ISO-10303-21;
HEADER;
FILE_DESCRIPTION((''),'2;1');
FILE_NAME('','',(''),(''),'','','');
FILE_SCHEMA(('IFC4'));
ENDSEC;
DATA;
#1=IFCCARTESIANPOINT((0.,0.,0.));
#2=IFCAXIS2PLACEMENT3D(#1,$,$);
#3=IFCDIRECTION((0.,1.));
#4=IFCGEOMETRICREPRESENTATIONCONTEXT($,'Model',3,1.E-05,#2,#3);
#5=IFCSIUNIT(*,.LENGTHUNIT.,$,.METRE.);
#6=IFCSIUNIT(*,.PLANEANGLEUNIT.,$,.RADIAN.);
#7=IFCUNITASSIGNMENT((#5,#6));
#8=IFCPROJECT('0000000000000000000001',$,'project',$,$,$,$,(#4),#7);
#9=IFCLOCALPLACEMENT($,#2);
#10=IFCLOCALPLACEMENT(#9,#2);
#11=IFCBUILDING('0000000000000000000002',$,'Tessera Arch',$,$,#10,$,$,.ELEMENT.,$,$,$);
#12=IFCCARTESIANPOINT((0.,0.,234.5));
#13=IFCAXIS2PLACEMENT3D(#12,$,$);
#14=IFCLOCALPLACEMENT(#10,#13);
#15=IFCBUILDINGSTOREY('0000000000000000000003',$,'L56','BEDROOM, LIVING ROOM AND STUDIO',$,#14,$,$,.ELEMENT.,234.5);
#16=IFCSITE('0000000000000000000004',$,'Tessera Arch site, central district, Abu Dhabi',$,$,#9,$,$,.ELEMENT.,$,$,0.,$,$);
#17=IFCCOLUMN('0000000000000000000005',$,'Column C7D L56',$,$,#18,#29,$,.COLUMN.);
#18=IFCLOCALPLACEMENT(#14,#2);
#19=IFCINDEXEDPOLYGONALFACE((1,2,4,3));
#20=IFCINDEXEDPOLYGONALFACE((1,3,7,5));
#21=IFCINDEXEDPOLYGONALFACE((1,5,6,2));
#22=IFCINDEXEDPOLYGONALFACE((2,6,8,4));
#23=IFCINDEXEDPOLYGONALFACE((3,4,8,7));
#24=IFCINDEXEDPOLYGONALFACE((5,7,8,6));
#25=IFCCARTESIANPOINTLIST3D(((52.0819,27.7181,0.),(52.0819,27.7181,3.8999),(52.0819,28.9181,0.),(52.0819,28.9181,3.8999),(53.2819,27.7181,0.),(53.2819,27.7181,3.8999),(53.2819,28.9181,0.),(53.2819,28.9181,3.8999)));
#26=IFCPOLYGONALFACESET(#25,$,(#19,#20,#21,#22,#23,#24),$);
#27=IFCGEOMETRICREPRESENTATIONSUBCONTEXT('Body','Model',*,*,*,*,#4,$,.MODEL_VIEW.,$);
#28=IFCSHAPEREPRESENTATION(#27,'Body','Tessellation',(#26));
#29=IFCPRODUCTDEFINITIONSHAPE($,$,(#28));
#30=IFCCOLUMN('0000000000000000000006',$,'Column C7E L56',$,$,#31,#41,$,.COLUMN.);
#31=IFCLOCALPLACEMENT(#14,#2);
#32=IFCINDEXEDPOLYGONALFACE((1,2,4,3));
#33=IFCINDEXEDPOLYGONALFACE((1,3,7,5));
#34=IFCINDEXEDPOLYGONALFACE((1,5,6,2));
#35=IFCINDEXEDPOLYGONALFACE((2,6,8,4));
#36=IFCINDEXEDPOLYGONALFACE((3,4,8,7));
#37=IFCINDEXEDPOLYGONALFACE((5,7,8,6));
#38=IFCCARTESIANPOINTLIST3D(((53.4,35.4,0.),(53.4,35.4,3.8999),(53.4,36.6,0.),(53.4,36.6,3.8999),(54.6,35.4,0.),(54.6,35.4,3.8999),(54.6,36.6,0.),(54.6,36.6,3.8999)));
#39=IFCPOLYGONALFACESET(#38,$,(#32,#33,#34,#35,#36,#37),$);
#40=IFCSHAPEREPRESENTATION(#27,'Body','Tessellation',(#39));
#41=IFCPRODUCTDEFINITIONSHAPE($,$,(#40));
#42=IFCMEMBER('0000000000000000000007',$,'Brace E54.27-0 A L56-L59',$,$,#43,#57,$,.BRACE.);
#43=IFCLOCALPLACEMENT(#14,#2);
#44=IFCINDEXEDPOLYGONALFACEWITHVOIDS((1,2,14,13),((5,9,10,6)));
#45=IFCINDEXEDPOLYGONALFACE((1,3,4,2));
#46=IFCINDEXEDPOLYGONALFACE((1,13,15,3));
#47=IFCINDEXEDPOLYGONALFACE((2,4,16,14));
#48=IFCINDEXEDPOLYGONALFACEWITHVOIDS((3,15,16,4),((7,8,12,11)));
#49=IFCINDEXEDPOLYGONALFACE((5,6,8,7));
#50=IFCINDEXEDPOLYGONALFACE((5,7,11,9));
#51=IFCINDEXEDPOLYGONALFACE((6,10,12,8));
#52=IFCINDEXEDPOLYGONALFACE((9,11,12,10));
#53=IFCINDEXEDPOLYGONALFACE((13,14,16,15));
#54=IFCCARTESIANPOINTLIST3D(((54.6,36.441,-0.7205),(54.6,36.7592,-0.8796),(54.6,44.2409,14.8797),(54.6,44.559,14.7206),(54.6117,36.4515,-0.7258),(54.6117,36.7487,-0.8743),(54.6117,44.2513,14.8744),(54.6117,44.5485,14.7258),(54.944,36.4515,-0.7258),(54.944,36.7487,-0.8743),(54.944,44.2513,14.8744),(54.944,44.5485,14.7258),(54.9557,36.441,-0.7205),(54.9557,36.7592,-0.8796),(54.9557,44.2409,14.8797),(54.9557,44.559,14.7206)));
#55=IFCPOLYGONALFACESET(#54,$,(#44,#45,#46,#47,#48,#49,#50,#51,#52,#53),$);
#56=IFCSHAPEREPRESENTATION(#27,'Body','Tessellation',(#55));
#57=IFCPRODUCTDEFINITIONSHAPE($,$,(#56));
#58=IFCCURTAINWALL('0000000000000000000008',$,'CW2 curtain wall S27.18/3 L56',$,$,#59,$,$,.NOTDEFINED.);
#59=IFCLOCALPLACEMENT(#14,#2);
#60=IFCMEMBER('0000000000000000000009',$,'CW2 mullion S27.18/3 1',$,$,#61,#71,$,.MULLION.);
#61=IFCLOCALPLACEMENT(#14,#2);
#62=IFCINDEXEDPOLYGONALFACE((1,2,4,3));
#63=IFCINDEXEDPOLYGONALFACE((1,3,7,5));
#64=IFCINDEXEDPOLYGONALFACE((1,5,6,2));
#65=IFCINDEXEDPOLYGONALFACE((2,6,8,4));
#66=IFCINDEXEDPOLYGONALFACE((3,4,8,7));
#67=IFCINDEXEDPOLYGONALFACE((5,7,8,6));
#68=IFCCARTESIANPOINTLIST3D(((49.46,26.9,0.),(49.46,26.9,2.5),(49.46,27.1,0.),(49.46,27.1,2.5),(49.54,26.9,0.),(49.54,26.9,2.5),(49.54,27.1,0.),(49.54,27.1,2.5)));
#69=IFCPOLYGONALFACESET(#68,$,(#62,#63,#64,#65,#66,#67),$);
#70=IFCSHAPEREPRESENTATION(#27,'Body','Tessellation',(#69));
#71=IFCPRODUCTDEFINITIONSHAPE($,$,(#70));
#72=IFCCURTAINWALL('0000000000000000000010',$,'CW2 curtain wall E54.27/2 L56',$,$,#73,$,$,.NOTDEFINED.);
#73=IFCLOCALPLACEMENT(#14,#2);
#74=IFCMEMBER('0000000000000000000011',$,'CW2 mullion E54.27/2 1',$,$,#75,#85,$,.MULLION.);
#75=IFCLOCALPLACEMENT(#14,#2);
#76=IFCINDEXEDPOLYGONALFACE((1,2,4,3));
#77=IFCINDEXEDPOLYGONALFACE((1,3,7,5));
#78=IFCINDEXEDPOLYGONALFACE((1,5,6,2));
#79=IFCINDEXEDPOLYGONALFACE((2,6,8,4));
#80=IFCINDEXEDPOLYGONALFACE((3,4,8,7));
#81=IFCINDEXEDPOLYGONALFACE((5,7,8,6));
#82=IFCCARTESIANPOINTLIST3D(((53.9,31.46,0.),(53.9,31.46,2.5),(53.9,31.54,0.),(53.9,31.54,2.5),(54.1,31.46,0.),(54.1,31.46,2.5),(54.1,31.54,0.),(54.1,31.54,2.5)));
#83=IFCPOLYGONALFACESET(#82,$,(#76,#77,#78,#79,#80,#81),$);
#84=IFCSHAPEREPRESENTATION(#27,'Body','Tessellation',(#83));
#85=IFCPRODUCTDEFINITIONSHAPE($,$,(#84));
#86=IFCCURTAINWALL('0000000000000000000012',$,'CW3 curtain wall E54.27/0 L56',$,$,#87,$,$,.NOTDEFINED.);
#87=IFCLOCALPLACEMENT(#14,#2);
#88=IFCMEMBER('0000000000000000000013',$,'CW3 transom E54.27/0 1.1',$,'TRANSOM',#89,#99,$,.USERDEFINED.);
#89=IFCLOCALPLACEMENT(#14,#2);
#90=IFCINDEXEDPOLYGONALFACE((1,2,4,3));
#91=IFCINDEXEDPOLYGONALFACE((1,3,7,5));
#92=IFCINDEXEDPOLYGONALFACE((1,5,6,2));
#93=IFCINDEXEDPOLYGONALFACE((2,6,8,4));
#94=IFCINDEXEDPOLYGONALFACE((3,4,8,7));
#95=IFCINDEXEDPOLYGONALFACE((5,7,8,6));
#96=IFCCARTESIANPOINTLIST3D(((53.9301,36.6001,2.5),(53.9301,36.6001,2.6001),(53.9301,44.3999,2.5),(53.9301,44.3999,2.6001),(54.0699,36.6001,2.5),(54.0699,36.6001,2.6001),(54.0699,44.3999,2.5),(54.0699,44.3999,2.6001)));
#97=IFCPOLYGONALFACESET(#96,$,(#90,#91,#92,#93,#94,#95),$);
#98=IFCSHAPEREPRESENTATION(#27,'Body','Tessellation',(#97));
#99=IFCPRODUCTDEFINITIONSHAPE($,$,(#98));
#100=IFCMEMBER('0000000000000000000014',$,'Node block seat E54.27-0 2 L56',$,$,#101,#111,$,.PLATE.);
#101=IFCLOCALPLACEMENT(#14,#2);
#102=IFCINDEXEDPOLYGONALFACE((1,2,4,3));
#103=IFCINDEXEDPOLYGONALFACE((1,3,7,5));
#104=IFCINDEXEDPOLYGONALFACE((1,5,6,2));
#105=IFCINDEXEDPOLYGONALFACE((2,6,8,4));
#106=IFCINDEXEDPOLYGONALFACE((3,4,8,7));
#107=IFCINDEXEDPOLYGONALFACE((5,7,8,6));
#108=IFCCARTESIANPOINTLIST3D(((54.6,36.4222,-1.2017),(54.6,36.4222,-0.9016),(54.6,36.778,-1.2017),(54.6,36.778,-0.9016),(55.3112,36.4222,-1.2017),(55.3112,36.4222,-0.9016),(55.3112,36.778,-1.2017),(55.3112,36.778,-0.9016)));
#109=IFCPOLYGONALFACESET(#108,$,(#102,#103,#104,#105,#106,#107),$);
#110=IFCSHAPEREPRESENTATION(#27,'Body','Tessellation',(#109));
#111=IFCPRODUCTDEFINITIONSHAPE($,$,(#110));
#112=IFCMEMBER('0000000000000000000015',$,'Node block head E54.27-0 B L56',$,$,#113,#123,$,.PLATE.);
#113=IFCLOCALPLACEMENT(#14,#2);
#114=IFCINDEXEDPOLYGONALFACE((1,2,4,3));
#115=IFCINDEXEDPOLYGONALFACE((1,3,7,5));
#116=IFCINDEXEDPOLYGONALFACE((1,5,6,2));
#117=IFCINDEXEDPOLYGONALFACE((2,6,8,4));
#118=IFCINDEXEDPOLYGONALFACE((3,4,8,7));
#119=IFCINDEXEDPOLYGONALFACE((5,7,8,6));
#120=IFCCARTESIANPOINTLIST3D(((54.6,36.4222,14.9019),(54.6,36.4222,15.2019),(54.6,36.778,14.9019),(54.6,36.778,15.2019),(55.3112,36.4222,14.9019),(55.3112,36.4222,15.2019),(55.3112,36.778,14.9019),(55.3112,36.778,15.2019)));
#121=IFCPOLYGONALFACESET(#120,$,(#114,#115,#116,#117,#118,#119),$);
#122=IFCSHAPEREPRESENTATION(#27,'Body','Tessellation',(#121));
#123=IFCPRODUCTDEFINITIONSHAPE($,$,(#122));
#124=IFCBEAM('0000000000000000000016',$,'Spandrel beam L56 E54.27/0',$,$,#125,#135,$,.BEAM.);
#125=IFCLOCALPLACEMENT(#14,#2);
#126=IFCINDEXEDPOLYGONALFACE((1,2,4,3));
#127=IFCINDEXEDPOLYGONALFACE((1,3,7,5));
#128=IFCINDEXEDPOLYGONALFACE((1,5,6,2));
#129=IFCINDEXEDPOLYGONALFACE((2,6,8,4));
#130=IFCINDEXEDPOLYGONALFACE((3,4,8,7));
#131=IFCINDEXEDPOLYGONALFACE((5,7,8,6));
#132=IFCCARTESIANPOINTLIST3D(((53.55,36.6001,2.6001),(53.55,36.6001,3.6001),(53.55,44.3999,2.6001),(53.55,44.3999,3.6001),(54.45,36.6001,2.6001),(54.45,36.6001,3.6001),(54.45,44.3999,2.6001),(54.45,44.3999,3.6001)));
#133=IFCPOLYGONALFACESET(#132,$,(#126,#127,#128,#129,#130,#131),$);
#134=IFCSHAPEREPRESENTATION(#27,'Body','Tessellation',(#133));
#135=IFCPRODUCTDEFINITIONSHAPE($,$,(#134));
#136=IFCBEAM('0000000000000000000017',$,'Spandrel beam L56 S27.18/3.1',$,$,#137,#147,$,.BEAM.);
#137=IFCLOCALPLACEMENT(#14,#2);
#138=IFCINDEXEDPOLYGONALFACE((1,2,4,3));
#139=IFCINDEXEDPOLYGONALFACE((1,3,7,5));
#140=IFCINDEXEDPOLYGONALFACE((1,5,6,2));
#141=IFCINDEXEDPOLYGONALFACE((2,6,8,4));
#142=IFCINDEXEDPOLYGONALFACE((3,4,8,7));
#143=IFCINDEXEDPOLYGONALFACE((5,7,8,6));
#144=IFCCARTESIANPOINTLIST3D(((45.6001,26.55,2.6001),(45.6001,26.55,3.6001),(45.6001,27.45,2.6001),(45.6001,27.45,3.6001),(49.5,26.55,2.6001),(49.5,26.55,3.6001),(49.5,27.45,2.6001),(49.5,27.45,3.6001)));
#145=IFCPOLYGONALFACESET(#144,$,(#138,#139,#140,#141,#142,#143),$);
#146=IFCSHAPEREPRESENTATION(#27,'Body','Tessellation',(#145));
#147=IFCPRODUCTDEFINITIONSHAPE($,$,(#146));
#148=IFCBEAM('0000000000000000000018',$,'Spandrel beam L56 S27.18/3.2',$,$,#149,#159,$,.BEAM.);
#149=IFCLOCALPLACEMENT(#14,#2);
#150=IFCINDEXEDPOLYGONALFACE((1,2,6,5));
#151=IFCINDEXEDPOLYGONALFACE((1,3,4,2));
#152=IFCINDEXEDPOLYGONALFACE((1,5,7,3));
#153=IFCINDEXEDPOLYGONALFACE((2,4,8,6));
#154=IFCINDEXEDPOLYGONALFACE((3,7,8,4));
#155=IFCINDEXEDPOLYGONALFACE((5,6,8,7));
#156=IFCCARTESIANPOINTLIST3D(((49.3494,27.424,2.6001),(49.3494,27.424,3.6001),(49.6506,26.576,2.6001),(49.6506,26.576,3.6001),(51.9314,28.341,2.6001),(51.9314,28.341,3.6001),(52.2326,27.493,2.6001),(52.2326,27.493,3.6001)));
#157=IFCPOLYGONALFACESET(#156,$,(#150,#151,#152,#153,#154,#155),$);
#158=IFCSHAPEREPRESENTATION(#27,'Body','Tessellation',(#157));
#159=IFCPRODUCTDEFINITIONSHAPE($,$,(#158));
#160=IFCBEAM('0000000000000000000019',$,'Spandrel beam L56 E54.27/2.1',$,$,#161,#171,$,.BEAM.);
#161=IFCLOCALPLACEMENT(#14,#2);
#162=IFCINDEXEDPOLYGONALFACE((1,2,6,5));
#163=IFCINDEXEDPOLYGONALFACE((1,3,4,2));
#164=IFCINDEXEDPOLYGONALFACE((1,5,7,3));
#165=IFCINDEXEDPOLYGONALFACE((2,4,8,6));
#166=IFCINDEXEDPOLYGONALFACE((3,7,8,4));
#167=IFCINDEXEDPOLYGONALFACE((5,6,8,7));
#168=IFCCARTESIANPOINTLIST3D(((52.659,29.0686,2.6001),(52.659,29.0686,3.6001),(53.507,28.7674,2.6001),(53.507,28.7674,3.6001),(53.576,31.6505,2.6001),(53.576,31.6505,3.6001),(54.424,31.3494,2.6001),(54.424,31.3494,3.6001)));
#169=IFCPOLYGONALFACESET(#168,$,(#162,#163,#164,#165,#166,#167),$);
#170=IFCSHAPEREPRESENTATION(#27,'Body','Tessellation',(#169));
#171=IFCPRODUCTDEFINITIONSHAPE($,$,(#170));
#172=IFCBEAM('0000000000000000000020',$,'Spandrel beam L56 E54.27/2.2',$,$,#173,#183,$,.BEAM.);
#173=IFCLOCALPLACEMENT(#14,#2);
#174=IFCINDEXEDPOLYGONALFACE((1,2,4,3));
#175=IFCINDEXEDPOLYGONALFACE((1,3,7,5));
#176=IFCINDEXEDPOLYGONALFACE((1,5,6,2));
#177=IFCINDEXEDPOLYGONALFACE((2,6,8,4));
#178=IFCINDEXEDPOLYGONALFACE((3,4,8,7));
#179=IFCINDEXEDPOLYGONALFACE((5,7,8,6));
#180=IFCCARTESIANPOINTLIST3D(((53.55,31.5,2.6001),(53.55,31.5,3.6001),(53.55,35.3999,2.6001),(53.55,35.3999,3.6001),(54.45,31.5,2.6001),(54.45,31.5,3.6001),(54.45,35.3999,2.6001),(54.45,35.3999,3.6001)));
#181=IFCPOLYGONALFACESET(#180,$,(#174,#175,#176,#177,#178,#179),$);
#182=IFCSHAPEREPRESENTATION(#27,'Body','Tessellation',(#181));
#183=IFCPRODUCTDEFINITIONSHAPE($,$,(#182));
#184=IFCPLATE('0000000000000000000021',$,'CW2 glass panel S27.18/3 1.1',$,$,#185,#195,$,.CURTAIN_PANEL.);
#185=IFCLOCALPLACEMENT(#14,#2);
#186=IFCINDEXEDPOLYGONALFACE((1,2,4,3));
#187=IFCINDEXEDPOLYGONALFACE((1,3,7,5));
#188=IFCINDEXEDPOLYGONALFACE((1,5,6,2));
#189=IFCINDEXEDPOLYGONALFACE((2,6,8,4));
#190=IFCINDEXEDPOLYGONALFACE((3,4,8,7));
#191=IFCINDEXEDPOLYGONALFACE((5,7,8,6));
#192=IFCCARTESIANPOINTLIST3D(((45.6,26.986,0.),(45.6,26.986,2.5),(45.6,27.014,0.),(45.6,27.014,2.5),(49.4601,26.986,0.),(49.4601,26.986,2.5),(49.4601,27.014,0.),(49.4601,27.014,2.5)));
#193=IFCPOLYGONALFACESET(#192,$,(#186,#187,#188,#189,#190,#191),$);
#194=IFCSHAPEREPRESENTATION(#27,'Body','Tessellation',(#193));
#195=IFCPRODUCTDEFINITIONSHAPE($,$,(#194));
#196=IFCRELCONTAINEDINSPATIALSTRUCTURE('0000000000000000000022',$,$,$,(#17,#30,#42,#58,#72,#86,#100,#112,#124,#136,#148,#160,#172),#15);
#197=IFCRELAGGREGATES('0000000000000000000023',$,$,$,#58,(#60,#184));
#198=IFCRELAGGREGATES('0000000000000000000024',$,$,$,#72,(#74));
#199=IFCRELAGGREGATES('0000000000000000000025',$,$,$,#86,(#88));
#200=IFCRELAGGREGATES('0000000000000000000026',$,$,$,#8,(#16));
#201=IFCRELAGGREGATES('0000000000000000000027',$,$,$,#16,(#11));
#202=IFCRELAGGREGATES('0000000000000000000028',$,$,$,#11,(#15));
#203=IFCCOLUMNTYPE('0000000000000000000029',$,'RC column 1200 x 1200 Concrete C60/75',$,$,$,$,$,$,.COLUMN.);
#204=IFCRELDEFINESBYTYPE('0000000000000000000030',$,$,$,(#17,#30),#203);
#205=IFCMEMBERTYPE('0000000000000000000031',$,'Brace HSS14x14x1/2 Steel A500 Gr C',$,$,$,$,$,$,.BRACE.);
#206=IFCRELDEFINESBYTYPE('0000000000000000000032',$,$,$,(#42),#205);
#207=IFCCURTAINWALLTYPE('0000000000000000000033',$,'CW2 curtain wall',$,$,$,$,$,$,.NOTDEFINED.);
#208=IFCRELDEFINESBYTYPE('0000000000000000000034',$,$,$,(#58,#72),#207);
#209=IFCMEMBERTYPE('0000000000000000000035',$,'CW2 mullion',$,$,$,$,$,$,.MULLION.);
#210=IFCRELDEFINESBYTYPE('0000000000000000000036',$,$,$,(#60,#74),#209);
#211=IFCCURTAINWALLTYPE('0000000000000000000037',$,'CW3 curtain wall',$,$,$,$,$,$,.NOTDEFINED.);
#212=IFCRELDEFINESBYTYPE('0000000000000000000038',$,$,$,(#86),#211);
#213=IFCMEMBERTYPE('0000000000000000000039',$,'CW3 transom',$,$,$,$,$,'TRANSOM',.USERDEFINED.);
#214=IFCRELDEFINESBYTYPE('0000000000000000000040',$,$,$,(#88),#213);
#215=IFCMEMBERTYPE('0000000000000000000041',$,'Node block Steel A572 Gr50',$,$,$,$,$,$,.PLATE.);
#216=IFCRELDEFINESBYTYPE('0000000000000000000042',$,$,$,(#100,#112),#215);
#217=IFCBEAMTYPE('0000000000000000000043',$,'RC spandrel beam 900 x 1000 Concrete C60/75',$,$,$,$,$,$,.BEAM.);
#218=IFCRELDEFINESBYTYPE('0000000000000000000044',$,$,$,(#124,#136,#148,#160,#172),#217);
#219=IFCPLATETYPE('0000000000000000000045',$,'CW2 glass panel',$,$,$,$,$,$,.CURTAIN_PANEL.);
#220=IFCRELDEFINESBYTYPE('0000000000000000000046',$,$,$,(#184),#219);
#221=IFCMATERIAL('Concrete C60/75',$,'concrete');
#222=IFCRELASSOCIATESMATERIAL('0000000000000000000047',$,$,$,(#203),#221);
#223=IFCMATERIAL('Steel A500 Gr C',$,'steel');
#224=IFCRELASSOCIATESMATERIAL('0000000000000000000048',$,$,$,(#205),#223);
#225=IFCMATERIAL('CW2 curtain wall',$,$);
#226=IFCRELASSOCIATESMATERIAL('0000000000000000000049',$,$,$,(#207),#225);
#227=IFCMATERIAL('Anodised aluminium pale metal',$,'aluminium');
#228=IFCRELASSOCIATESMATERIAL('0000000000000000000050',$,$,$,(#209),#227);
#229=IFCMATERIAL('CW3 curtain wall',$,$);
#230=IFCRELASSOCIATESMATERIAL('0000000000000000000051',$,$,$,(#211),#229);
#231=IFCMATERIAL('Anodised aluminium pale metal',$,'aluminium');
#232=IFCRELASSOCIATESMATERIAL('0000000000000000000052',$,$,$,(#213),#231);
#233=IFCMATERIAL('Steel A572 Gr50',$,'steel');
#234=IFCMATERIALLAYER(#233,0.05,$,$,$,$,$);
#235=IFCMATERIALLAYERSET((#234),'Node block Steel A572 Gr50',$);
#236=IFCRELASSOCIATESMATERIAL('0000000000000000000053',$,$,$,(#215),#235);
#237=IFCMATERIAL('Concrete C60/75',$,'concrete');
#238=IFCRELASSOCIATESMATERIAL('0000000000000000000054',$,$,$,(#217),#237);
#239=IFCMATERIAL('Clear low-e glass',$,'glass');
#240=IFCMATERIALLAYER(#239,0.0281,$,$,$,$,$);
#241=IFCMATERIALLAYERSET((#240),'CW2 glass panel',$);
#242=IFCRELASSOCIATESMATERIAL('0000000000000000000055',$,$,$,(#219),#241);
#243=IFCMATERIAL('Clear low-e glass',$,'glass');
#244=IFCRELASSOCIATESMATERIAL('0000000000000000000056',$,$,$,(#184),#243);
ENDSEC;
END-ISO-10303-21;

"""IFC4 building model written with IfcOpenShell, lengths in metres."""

from ifc_helpers import new_model, si_unit, direction, frame, origin, origin_2d, place, context, subcontext, project, spatial, rectangle, hollow_rectangle, extrude, material, layer, layer_set, material_profile, profile_set, type_object, element, aggregate, save


model = new_model("IFC4")

# Units and contexts
model_context = context("Model", 3, precision=1e-05, world=origin(), true_north=direction((0.0, 1.0)))
body_context = subcontext(model_context, "Body", "Model", "MODEL_VIEW")
ifc_project = project(units=[si_unit("LENGTHUNIT", "METRE"), si_unit("PLANEANGLEUNIT", "RADIAN")], contexts=[model_context])

# Site, building, storey
site_placement = place(None, origin())
site = spatial("IfcSite", under=ifc_project, at=site_placement, Name="Tessera Arch site, central district, Abu Dhabi", CompositionType="ELEMENT", RefElevation=0.0)
building_placement = place(site_placement, origin())
building = spatial("IfcBuilding", under=site, at=building_placement, Name="Tessera Arch", CompositionType="ELEMENT")
storey_placement = place(building_placement, frame((0.0, 0.0, 234.5)))
storey = spatial("IfcBuildingStorey", under=building, at=storey_placement, Name="L56", Description="BEDROOM, LIVING ROOM AND STUDIO", CompositionType="ELEMENT", Elevation=234.5)

# Columns
ifc_material_1 = material(Name="Concrete C60/75", Category="concrete")
ifc_material_profile_1 = material_profile(ifc_material_1, rectangle(XDim=1.2, YDim=1.2, at=origin_2d()), Name="RC column 1200 x 1200 Concrete C60/75")
ifc_profile_set_1 = profile_set([ifc_material_profile_1], Name="Concrete C60/75")
column_type = type_object("IfcColumnType", Name="RC column 1200 x 1200 Concrete C60/75", PredefinedType="COLUMN", material=ifc_profile_set_1)
for number, where, z_axis, x_axis, name in (
    (1, (52.6819, 28.3181, 0.0), (0.0, 0.0, 1.0), (1.0, 0.0, 0.0), "Column C7D L56"),
    (2, (54.0, 36.0, 0.0), (0.0, 0.0, 1.0), (1.0, 0.0, 0.0), "Column C7E L56"),
):
    element("IfcColumn", number, at=place(storey_placement, frame(where, z_axis=z_axis, x_axis=x_axis)), inside=storey, type_object=column_type, Name=name, PredefinedType="COLUMN", context=body_context, shape_type="SweptSolid", body=[
        extrude(rectangle(XDim=1.2, YDim=1.2, at=origin_2d()), origin(), (0.0, 0.0, 1.0), 3.8999),
    ])

# Member
ifc_material_2 = material(Name="Steel A500 Gr C", Category="steel")
ifc_material_profile_2 = material_profile(ifc_material_2, hollow_rectangle(XDim=0.3557, YDim=0.3557, WallThickness=0.0117, at=origin_2d()), Name="HSS14x14x1/2")
ifc_profile_set_2 = profile_set([ifc_material_profile_2], Name="Steel A500 Gr C")
member_type_1 = type_object("IfcMemberType", Name="Brace HSS14x14x1/2 Steel A500 Gr C", PredefinedType="BRACE", material=ifc_profile_set_2)
member_1_placement = place(storey_placement, frame((54.7778, 36.6001, -0.8), z_axis=(0.0, 0.447202, 0.894433), x_axis=(-1.0, 0.0, 0.0)))
element("IfcMember", 3, at=member_1_placement, inside=storey, type_object=member_type_1, Name="Brace E54.27-0 A L56-L59", PredefinedType="BRACE", context=body_context, shape_type="SweptSolid", body=[
    extrude(hollow_rectangle(XDim=0.3557, YDim=0.3557, WallThickness=0.0117, at=origin_2d()), origin(), (0.0, 0.0, 1.0), 17.4414),
])

# Curtain walls, members
ifc_material_3 = material(Name="CW2 curtain wall")
curtain_wall_type_1 = type_object("IfcCurtainWallType", Name="CW2 curtain wall", PredefinedType="NOTDEFINED", material=ifc_material_3)
curtain_wall_1_placement = place(storey_placement, origin())
curtain_wall_1 = element("IfcCurtainWall", 4, at=curtain_wall_1_placement, inside=storey, type_object=curtain_wall_type_1, Name="CW2 curtain wall S27.18/3 L56", PredefinedType="NOTDEFINED")
ifc_material_4 = material(Name="Anodised aluminium pale metal", Category="aluminium")
ifc_material_profile_3 = material_profile(ifc_material_4, rectangle(XDim=0.2, YDim=0.0801, at=origin_2d()), Name="AL 80x200")
ifc_profile_set_3 = profile_set([ifc_material_profile_3], Name="Anodised aluminium pale metal")
member_type_2 = type_object("IfcMemberType", Name="CW2 mullion", PredefinedType="MULLION", material=ifc_profile_set_3)
member_2_placement = place(storey_placement, frame((49.5, 27.0, 0.0), z_axis=(0.0, 0.0, 1.0), x_axis=(0.0, 1.0, 0.0)))
member_2 = element("IfcMember", 5, at=member_2_placement, type_object=member_type_2, Name="CW2 mullion S27.18/3 1", PredefinedType="MULLION", context=body_context, shape_type="SweptSolid", body=[
    extrude(rectangle(XDim=0.2, YDim=0.0801, at=origin_2d()), origin(), (0.0, 0.0, 1.0), 2.5),
])
curtain_wall_2_placement = place(storey_placement, origin())
curtain_wall_2 = element("IfcCurtainWall", 6, at=curtain_wall_2_placement, inside=storey, type_object=curtain_wall_type_1, Name="CW2 curtain wall E54.27/2 L56", PredefinedType="NOTDEFINED")
member_3_placement = place(storey_placement, frame((54.0, 31.5, 0.0), z_axis=(0.0, 0.0, 1.0), x_axis=(-1.0, 0.0, 0.0)))
member_3 = element("IfcMember", 7, at=member_3_placement, type_object=member_type_2, Name="CW2 mullion E54.27/2 1", PredefinedType="MULLION", context=body_context, shape_type="SweptSolid", body=[
    extrude(rectangle(XDim=0.2, YDim=0.0801, at=origin_2d()), origin(), (0.0, 0.0, 1.0), 2.5),
])
ifc_material_5 = material(Name="CW3 curtain wall")
curtain_wall_type_2 = type_object("IfcCurtainWallType", Name="CW3 curtain wall", PredefinedType="NOTDEFINED", material=ifc_material_5)
curtain_wall_3_placement = place(storey_placement, origin())
curtain_wall_3 = element("IfcCurtainWall", 8, at=curtain_wall_3_placement, inside=storey, type_object=curtain_wall_type_2, Name="CW3 curtain wall E54.27/0 L56", PredefinedType="NOTDEFINED")
ifc_material_6 = material(Name="Anodised aluminium pale metal", Category="aluminium")
ifc_material_profile_4 = material_profile(ifc_material_6, rectangle(XDim=0.1399, YDim=0.1001, at=origin_2d()), Name="AL 140x100")
ifc_profile_set_4 = profile_set([ifc_material_profile_4], Name="Anodised aluminium pale metal")
member_type_3 = type_object("IfcMemberType", Name="CW3 transom", ElementType="TRANSOM", PredefinedType="USERDEFINED", material=ifc_profile_set_4)
member_4_placement = place(storey_placement, frame((54.0, 36.6001, 2.55), z_axis=(0.0, 1.0, 0.0), x_axis=(-1.0, 0.0, 0.0)))
member_4 = element("IfcMember", 9, at=member_4_placement, type_object=member_type_3, Name="CW3 transom E54.27/0 1.1", ObjectType="TRANSOM", PredefinedType="USERDEFINED", context=body_context, shape_type="SweptSolid", body=[
    extrude(rectangle(XDim=0.1399, YDim=0.1001, at=origin_2d()), origin(), (0.0, 0.0, 1.0), 7.7998),
])

# Members
ifc_material_7 = material(Name="Steel A572 Gr50", Category="steel")
ifc_layer_1 = layer(ifc_material_7, 0.05)
ifc_layer_set_1 = layer_set([ifc_layer_1], Name="Node block Steel A572 Gr50")
member_type_4 = type_object("IfcMemberType", Name="Node block Steel A572 Gr50", PredefinedType="PLATE", material=ifc_layer_set_1)
for number, where, z_axis, x_axis, name in (
    (10, (54.9556, 36.6001, -1.2017), (0.0, 0.0, 1.0), (0.0, 1.0, 0.0), "Node block seat E54.27-0 2 L56"),
    (11, (54.9556, 36.6001, 14.9019), (0.0, 0.0, 1.0), (0.0, 1.0, 0.0), "Node block head E54.27-0 B L56"),
):
    element("IfcMember", number, at=place(storey_placement, frame(where, z_axis=z_axis, x_axis=x_axis)), inside=storey, type_object=member_type_4, Name=name, PredefinedType="PLATE", context=body_context, shape_type="SweptSolid", body=[
        extrude(rectangle(XDim=0.3557, YDim=0.7112, at=origin_2d()), origin(), (0.0, 0.0, 1.0), 0.3),
    ])

# Beams
ifc_material_8 = material(Name="Concrete C60/75", Category="concrete")
ifc_material_profile_5 = material_profile(ifc_material_8, rectangle(XDim=0.8999, YDim=1.0, at=origin_2d()), Name="RC spandrel beam 900 x 1000 Concrete C60/75")
ifc_profile_set_5 = profile_set([ifc_material_profile_5], Name="Concrete C60/75")
beam_type = type_object("IfcBeamType", Name="RC spandrel beam 900 x 1000 Concrete C60/75", PredefinedType="BEAM", material=ifc_profile_set_5)
beam_1_placement = place(storey_placement, frame((54.0, 36.6001, 3.1001), z_axis=(0.0, 1.0, 0.0), x_axis=(-1.0, 0.0, 0.0)))
element("IfcBeam", 12, at=beam_1_placement, inside=storey, type_object=beam_type, Name="Spandrel beam L56 E54.27/0", PredefinedType="BEAM", context=body_context, shape_type="SweptSolid", body=[
    extrude(rectangle(XDim=0.8999, YDim=1.0, at=origin_2d()), origin(), (0.0, 0.0, 1.0), 7.7998),
])
beam_2_placement = place(storey_placement, frame((45.6001, 27.0, 3.1001), z_axis=(1.0, 0.0, 0.0), x_axis=(0.0, 1.0, 0.0)))
element("IfcBeam", 13, at=beam_2_placement, inside=storey, type_object=beam_type, Name="Spandrel beam L56 S27.18/3.1", PredefinedType="BEAM", context=body_context, shape_type="SweptSolid", body=[
    extrude(rectangle(XDim=0.8999, YDim=1.0, at=origin_2d()), origin(), (0.0, 0.0, 1.0), 3.8999),
])
for number, where, z_axis, x_axis, name in (
    (14, (49.5, 27.0, 3.1001), (0.942337, 0.334665, 0.0), (-0.334665, 0.942337, 0.0), "Spandrel beam L56 S27.18/3.2"),
    (15, (53.083, 28.918, 3.1001), (0.334665, 0.942337, 0.0), (-0.942337, 0.334665, 0.0), "Spandrel beam L56 E54.27/2.1"),
):
    element("IfcBeam", number, at=place(storey_placement, frame(where, z_axis=z_axis, x_axis=x_axis)), inside=storey, type_object=beam_type, Name=name, PredefinedType="BEAM", context=body_context, shape_type="SweptSolid", body=[
        extrude(rectangle(XDim=0.8999, YDim=1.0, at=origin_2d()), origin(), (0.0, 0.0, 1.0), 2.74),
    ])
beam_3_placement = place(storey_placement, frame((54.0, 31.5, 3.1001), z_axis=(0.0, 1.0, 0.0), x_axis=(-1.0, 0.0, 0.0)))
element("IfcBeam", 16, at=beam_3_placement, inside=storey, type_object=beam_type, Name="Spandrel beam L56 E54.27/2.2", PredefinedType="BEAM", context=body_context, shape_type="SweptSolid", body=[
    extrude(rectangle(XDim=0.8999, YDim=1.0, at=origin_2d()), origin(), (0.0, 0.0, 1.0), 3.8999),
])

# Plate
ifc_material_9 = material(Name="Clear low-e glass", Category="glass")
ifc_material_10 = material(Name="Clear low-e glass", Category="glass")
ifc_layer_2 = layer(ifc_material_10, 0.0281)
ifc_layer_set_2 = layer_set([ifc_layer_2], Name="CW2 glass panel")
plate_type_1 = type_object("IfcPlateType", Name="CW2 glass panel", PredefinedType="CURTAIN_PANEL", material=ifc_layer_set_2)
plate_1_placement = place(storey_placement, frame((47.53, 27.0, 0.0), z_axis=(0.0, 0.0, 1.0), x_axis=(1.0, 0.0, 0.0)))
plate_1 = element("IfcPlate", 17, at=plate_1_placement, type_object=plate_type_1, material=ifc_material_9, Name="CW2 glass panel S27.18/3 1.1", PredefinedType="CURTAIN_PANEL", context=body_context, shape_type="SweptSolid", body=[
    extrude(rectangle(XDim=3.8601, YDim=0.0281, at=origin_2d()), origin(), (0.0, 0.0, 1.0), 2.5),
])
aggregate(curtain_wall_1, [member_2, plate_1])
aggregate(curtain_wall_2, [member_3])
aggregate(curtain_wall_3, [member_4])

save(model, "model.ifc")
